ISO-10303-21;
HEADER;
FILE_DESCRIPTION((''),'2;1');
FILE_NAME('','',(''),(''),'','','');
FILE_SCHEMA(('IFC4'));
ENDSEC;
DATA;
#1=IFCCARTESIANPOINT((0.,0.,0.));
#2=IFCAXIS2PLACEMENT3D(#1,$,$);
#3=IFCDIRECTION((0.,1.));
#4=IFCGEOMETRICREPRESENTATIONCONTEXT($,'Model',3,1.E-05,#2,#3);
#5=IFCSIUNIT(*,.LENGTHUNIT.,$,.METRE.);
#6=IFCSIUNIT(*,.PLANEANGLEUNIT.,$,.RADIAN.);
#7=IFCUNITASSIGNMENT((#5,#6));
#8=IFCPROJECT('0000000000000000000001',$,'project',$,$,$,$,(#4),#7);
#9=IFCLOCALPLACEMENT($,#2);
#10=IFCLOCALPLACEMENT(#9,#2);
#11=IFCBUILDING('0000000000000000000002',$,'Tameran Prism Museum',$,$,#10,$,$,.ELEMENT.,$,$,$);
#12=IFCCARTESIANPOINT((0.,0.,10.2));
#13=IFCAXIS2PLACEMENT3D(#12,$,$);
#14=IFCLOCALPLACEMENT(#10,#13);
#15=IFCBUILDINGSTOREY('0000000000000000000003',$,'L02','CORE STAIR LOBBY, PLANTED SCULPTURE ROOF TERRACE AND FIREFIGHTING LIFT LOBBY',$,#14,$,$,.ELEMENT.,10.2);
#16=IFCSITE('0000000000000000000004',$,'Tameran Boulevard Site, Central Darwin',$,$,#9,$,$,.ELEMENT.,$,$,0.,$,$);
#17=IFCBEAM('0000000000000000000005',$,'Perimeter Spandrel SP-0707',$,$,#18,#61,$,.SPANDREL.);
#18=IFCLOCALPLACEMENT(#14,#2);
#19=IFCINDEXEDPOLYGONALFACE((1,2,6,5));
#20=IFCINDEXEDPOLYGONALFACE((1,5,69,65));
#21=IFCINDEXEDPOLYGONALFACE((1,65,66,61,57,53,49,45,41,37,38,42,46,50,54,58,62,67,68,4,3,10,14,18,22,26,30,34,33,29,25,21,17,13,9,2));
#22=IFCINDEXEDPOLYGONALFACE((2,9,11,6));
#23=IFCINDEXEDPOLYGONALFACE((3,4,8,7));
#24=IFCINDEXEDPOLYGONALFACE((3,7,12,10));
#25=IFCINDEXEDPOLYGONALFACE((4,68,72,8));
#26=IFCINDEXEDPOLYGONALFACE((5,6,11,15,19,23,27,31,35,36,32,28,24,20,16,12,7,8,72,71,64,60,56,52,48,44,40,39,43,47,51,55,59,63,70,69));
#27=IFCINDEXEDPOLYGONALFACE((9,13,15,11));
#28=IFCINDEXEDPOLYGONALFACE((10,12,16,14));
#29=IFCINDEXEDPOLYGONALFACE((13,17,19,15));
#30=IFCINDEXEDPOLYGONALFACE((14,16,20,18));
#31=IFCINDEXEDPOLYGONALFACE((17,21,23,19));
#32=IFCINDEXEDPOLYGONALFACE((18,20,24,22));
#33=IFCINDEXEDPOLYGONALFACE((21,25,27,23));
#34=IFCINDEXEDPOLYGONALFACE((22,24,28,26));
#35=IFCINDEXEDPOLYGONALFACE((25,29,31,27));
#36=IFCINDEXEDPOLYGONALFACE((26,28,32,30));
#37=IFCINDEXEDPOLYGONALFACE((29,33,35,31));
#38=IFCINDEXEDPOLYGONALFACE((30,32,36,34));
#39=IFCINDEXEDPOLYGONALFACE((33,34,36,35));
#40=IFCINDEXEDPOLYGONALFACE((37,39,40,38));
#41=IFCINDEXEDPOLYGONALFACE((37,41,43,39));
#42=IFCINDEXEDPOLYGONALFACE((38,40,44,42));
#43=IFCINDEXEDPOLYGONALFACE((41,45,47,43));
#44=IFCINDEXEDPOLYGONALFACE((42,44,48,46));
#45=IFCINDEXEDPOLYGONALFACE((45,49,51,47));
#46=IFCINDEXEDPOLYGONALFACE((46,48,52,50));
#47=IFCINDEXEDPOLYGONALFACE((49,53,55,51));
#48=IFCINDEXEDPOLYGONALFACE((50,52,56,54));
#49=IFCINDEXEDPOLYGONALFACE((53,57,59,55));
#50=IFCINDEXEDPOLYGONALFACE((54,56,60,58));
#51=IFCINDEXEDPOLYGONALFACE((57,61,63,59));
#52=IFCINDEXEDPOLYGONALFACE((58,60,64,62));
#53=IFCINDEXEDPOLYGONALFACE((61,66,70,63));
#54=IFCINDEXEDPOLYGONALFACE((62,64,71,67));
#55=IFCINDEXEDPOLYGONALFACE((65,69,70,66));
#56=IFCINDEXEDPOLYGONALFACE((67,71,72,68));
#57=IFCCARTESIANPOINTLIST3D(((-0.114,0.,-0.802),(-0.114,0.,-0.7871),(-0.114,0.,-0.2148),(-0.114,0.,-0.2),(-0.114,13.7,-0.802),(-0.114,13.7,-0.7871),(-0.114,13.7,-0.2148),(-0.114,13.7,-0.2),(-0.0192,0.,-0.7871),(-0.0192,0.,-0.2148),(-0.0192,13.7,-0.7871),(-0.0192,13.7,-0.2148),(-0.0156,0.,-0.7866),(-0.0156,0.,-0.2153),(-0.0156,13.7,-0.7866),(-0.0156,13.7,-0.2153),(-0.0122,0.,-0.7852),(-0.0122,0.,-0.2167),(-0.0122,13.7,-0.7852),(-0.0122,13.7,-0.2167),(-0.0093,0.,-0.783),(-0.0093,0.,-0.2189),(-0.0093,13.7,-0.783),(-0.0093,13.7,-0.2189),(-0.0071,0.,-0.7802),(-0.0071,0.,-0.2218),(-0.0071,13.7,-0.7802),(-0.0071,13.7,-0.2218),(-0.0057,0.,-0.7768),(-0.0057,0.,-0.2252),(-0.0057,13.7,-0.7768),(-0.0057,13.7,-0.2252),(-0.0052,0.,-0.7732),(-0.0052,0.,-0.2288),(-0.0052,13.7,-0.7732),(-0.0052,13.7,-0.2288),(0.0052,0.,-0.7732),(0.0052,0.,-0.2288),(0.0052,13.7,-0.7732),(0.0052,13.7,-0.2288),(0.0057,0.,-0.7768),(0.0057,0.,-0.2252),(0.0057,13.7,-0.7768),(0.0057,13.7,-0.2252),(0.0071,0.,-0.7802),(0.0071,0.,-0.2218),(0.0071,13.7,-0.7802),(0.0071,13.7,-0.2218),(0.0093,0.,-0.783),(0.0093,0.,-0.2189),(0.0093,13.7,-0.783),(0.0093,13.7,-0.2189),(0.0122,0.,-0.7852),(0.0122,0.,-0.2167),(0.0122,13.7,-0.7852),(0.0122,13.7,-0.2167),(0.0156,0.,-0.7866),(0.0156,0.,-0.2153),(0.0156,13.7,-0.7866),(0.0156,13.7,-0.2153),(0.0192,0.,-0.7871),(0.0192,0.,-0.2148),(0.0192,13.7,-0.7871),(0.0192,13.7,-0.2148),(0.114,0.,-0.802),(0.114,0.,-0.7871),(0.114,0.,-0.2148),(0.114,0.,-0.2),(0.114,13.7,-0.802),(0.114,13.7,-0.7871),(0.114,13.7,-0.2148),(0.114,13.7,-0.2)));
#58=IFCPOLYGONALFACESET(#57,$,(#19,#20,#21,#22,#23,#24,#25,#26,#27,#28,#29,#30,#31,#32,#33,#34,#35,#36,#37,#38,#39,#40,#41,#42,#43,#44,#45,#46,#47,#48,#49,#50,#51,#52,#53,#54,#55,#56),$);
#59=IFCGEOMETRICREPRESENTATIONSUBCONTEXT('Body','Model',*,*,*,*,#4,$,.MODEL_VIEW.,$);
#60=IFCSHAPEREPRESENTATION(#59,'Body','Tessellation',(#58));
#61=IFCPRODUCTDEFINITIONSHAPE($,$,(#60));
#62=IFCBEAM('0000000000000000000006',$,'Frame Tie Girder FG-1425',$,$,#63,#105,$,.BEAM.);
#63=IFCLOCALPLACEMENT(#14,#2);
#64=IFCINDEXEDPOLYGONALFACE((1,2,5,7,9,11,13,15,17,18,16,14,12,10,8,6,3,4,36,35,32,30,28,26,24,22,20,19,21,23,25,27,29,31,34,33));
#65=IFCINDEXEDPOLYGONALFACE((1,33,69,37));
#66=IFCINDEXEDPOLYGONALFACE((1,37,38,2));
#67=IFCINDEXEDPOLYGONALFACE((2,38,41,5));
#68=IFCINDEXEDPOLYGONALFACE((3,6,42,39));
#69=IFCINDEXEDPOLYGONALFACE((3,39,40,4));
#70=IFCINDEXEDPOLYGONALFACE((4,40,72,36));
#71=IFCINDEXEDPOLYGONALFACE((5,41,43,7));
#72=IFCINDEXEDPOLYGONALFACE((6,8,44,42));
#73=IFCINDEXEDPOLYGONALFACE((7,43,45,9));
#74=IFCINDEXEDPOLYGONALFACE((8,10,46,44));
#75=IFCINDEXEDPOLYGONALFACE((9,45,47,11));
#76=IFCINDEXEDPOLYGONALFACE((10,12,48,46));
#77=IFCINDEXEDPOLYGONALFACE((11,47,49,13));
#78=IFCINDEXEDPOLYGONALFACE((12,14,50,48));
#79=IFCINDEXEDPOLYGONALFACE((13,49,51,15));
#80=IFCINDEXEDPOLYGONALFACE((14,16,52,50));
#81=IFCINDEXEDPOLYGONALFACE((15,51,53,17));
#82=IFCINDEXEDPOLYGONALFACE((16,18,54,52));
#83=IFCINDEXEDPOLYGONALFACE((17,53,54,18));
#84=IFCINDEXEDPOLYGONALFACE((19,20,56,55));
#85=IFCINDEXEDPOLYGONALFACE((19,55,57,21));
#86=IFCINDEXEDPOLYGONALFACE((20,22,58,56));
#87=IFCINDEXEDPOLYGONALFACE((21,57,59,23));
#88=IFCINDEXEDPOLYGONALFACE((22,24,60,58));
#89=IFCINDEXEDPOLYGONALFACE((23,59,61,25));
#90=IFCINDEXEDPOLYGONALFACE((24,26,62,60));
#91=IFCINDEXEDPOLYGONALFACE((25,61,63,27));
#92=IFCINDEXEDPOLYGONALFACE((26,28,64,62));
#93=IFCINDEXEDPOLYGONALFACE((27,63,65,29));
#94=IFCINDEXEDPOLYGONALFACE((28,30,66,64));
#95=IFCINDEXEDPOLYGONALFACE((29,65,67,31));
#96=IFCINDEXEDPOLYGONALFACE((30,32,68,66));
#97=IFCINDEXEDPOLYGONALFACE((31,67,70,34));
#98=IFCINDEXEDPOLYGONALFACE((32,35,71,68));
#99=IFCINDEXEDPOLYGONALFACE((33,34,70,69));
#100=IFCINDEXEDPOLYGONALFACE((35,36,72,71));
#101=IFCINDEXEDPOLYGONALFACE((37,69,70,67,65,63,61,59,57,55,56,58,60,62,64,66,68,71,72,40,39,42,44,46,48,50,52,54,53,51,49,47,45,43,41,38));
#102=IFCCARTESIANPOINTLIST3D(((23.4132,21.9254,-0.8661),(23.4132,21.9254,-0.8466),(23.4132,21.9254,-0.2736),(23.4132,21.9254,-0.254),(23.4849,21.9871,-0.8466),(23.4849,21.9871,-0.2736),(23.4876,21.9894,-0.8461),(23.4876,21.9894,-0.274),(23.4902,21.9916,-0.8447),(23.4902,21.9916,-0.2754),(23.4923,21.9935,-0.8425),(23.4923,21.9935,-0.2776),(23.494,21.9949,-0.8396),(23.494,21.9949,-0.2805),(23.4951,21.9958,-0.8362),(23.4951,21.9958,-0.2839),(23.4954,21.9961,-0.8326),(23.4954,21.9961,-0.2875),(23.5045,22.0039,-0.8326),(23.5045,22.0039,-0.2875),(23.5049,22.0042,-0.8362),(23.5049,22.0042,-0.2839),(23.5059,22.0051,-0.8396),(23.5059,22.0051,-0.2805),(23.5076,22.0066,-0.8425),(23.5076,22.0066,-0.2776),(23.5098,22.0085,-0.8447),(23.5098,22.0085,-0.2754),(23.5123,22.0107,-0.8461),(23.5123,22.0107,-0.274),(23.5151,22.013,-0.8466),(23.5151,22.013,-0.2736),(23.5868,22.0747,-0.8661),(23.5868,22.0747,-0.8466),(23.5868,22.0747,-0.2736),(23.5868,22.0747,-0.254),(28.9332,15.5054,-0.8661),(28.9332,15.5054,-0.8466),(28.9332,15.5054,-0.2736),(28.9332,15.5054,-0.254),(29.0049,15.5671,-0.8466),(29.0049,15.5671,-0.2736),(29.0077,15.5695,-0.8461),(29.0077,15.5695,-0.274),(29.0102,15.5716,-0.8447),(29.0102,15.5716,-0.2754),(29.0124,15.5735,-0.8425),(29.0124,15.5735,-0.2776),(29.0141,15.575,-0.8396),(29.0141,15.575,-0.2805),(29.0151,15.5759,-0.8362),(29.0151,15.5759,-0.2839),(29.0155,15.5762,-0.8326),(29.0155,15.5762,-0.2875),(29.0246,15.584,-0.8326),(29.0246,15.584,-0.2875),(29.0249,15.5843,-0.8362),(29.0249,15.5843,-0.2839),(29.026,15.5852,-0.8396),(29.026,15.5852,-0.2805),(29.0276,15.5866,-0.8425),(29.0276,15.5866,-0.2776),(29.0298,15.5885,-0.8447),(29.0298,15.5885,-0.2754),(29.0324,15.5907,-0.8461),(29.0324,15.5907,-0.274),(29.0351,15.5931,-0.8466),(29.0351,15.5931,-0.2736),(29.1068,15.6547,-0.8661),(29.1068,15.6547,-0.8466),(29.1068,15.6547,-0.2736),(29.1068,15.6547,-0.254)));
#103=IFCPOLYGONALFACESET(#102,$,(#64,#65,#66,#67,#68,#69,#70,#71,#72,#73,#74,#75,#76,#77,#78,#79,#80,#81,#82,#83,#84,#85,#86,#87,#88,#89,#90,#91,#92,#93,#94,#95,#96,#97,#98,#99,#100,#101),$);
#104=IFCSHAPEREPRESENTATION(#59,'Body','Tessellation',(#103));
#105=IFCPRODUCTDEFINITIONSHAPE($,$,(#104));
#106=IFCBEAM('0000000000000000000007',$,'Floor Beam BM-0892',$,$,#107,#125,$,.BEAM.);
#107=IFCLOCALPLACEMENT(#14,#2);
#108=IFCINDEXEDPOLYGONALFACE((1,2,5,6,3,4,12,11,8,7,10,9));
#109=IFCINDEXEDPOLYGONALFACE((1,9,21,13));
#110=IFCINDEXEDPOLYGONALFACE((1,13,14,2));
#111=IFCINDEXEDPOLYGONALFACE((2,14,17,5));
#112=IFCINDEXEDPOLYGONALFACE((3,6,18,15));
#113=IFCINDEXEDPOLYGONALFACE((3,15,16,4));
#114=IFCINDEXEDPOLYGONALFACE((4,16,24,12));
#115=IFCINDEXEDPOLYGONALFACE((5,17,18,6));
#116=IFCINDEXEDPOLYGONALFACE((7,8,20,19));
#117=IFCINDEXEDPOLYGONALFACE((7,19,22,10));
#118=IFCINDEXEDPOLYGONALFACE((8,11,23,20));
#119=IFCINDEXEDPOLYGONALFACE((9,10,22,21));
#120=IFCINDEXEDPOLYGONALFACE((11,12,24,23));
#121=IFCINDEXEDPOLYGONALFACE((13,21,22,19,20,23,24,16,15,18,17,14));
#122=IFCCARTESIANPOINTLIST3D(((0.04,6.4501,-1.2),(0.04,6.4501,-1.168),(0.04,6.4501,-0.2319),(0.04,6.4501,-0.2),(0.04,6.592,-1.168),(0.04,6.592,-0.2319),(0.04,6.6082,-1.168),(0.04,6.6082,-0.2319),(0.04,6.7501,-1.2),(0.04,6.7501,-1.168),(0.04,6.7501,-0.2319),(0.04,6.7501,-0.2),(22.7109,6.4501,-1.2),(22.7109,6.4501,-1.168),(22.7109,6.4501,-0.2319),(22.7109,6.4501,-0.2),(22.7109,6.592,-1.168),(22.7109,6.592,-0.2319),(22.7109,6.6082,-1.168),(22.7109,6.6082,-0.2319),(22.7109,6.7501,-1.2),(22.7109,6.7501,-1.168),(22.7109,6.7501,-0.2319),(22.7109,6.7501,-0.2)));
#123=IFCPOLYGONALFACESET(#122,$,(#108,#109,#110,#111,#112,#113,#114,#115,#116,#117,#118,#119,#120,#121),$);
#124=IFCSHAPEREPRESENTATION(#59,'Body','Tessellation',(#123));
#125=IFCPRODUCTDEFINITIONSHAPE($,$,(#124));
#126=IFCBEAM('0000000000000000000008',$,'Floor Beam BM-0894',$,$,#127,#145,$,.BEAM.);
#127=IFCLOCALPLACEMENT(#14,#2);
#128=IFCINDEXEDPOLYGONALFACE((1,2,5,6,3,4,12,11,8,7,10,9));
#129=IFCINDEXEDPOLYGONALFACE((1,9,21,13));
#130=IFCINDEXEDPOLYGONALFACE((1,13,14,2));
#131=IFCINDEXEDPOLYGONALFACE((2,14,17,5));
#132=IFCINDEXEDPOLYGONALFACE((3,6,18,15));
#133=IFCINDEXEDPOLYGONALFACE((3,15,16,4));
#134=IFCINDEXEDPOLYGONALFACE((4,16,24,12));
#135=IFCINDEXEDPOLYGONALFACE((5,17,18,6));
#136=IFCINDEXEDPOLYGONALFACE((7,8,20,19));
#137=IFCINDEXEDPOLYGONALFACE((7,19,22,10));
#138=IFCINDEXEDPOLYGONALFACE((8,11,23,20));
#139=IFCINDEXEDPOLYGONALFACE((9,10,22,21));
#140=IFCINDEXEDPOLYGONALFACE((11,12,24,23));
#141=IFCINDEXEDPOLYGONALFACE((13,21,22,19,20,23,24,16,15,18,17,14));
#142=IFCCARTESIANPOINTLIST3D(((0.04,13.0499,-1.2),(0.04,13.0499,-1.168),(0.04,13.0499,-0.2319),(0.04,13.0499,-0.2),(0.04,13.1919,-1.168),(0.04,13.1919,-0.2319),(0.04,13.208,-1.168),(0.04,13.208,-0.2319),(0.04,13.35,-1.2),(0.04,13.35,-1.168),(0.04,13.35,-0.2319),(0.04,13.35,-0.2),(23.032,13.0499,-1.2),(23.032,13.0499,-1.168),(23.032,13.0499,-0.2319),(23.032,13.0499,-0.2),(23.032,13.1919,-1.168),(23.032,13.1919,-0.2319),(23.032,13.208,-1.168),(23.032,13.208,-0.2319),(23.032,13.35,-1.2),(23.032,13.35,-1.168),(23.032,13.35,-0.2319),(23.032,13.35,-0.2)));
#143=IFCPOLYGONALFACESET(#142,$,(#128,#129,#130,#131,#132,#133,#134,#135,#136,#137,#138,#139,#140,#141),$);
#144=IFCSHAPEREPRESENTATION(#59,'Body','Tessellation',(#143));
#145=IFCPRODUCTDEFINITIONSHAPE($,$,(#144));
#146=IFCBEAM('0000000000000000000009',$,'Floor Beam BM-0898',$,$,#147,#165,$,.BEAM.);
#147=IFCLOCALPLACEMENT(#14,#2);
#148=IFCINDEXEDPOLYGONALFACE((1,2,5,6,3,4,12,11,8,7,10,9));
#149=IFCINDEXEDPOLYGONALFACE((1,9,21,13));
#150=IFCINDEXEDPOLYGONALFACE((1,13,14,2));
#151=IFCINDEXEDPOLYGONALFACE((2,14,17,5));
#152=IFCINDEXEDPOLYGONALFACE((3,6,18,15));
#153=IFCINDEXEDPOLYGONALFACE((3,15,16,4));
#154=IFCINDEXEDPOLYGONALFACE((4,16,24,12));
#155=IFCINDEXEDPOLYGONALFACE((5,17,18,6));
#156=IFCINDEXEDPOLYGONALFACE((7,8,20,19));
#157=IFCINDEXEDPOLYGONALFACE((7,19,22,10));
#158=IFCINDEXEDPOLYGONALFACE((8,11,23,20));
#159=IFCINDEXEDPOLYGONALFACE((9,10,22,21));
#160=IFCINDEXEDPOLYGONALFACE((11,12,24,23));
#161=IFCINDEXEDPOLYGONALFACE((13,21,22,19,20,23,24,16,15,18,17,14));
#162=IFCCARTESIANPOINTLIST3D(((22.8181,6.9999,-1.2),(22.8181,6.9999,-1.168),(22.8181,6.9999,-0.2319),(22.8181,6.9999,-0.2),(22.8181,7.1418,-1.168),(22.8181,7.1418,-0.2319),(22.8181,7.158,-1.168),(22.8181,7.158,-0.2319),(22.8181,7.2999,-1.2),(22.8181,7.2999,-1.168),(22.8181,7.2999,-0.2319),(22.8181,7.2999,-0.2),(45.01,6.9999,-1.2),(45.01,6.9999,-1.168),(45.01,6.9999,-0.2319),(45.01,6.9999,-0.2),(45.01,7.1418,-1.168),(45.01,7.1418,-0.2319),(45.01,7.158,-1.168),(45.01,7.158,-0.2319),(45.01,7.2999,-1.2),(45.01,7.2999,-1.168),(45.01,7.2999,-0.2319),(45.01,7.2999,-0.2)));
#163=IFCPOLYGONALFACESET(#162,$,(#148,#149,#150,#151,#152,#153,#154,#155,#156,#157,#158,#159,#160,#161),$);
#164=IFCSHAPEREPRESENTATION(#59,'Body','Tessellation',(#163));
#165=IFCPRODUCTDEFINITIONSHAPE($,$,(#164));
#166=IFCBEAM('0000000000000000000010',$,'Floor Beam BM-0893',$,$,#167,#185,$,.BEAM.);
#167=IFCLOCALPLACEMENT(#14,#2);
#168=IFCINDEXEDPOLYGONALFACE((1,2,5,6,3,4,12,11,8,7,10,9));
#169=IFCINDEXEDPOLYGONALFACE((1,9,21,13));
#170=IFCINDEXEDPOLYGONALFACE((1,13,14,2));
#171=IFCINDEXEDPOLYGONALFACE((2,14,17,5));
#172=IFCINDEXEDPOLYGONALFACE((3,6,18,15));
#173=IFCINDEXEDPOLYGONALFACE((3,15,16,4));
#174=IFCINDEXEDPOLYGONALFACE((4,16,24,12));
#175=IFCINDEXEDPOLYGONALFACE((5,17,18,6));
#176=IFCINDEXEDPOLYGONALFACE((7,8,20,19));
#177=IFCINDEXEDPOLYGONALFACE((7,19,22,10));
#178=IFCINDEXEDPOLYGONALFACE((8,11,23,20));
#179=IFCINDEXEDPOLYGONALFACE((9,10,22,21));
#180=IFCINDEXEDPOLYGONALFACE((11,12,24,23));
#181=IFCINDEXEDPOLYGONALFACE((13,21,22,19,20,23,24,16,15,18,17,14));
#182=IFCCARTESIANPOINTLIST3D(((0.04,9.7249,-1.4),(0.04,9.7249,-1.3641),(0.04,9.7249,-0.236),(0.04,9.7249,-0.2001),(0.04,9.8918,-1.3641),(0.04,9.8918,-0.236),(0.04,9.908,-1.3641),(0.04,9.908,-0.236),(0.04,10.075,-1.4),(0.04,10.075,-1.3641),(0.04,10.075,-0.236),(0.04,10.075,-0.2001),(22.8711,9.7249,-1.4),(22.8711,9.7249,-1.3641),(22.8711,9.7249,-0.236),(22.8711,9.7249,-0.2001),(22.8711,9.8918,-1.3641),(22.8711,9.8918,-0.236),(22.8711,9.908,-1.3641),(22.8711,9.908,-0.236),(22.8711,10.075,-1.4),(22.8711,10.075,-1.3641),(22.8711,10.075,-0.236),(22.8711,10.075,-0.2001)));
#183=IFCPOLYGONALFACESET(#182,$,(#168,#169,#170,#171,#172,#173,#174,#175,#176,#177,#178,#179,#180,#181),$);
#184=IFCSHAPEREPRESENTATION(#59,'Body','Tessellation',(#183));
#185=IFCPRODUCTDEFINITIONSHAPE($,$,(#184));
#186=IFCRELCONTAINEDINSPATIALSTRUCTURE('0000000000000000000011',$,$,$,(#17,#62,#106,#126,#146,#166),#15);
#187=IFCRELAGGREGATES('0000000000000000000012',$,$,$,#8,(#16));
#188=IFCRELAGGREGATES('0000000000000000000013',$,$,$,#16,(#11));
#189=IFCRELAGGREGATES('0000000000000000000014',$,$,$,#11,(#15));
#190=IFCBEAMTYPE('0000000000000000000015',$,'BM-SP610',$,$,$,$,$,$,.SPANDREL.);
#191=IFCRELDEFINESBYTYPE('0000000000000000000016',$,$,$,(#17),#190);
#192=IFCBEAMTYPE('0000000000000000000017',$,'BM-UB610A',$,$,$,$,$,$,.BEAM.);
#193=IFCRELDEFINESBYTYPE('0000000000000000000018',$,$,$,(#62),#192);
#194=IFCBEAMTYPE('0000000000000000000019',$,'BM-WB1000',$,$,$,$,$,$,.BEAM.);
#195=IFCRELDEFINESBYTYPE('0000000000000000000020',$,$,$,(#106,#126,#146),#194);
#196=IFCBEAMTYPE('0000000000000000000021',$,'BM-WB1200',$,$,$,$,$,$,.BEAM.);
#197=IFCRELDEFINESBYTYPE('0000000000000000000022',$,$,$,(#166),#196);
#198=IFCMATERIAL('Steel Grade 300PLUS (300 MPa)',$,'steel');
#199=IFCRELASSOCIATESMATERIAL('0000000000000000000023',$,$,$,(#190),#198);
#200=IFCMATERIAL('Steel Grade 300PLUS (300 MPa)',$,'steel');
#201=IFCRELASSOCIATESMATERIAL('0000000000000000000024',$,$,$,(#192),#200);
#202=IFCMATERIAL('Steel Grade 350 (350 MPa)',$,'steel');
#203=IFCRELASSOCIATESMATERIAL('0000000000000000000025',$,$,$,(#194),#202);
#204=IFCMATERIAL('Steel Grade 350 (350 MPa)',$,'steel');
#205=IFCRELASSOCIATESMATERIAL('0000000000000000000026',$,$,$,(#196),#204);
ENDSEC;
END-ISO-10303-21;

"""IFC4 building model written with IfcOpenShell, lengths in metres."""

from ifc_helpers import new_model, si_unit, direction, frame, origin, origin_2d, place, context, subcontext, project, spatial, i_section, extrude, material, material_profile, profile_set, type_object, element, save


model = new_model("IFC4")

# Units and contexts
model_context = context("Model", 3, precision=1e-05, world=origin(), true_north=direction((0.0, 1.0)))
body_context = subcontext(model_context, "Body", "Model", "MODEL_VIEW")
ifc_project = project(units=[si_unit("LENGTHUNIT", "METRE"), si_unit("PLANEANGLEUNIT", "RADIAN")], contexts=[model_context])

# Site, building, storey
site_placement = place(None, origin())
site = spatial("IfcSite", under=ifc_project, at=site_placement, Name="Tameran Boulevard Site, Central Darwin", CompositionType="ELEMENT", RefElevation=0.0)
building_placement = place(site_placement, origin())
building = spatial("IfcBuilding", under=site, at=building_placement, Name="Tameran Prism Museum", CompositionType="ELEMENT")
storey_placement = place(building_placement, frame((0.0, 0.0, 10.2)))
storey = spatial("IfcBuildingStorey", under=building, at=storey_placement, Name="L02", Description="CORE STAIR LOBBY, PLANTED SCULPTURE ROOF TERRACE AND FIREFIGHTING LIFT LOBBY", CompositionType="ELEMENT", Elevation=10.2)

# Beams
ifc_material_1 = material(Name="Steel Grade 300PLUS (300 MPa)", Category="steel")
ifc_material_profile_1 = material_profile(ifc_material_1, i_section(OverallWidth=0.228, OverallDepth=0.6021, WebThickness=0.0105, FlangeThickness=0.0149, FilletRadius=0.0139, at=origin_2d()))
ifc_profile_set_1 = profile_set([ifc_material_profile_1])
beam_type_1 = type_object("IfcBeamType", Name="BM-SP610", PredefinedType="SPANDREL", material=ifc_profile_set_1)
beam_1_placement = place(storey_placement, frame((0.0, 13.7, -0.501), z_axis=(0.0, -1.0, 0.0), x_axis=(1.0, 0.0, 0.0)))
element("IfcBeam", 1, at=beam_1_placement, inside=storey, type_object=beam_type_1, Name="Perimeter Spandrel SP-0707", PredefinedType="SPANDREL", context=body_context, shape_type="SweptSolid", body=[
    extrude(i_section(OverallWidth=0.228, OverallDepth=0.6021, WebThickness=0.0105, FlangeThickness=0.0149, FilletRadius=0.0139, at=origin_2d()), origin(), (0.0, 0.0, 1.0), 13.7),
])
ifc_material_2 = material(Name="Steel Grade 300PLUS (300 MPa)", Category="steel")
ifc_material_profile_2 = material_profile(ifc_material_2, i_section(OverallWidth=0.229, OverallDepth=0.6121, WebThickness=0.012, FlangeThickness=0.0195, FilletRadius=0.0139, at=origin_2d()))
ifc_profile_set_2 = profile_set([ifc_material_profile_2])
beam_type_2 = type_object("IfcBeamType", Name="BM-UB610A", PredefinedType="BEAM", material=ifc_profile_set_2)
beam_2_placement = place(storey_placement, frame((29.02, 15.5801, -0.5601), z_axis=(-0.651964, 0.75825, 0.0), x_axis=(-0.75825, -0.651964, 0.0)))
element("IfcBeam", 2, at=beam_2_placement, inside=storey, type_object=beam_type_2, Name="Frame Tie Girder FG-1425", PredefinedType="BEAM", context=body_context, shape_type="SweptSolid", body=[
    extrude(i_section(OverallWidth=0.229, OverallDepth=0.6121, WebThickness=0.012, FlangeThickness=0.0195, FilletRadius=0.0139, at=origin_2d()), origin(), (0.0, 0.0, 1.0), 8.4668),
])
ifc_material_3 = material(Name="Steel Grade 350 (350 MPa)", Category="steel")
ifc_material_profile_3 = material_profile(ifc_material_3, i_section(OverallWidth=0.3, OverallDepth=1.0, WebThickness=0.0161, FlangeThickness=0.032, at=origin_2d()))
ifc_profile_set_3 = profile_set([ifc_material_profile_3])
beam_type_3 = type_object("IfcBeamType", Name="BM-WB1000", PredefinedType="BEAM", material=ifc_profile_set_3)
beam_3_placement = place(storey_placement, frame((0.04, 6.6001, -0.7), z_axis=(1.0, 0.0, 0.0), x_axis=(0.0, 1.0, 0.0)))
element("IfcBeam", 3, at=beam_3_placement, inside=storey, type_object=beam_type_3, Name="Floor Beam BM-0892", PredefinedType="BEAM", context=body_context, shape_type="SweptSolid", body=[
    extrude(i_section(OverallWidth=0.3, OverallDepth=1.0, WebThickness=0.0161, FlangeThickness=0.032, at=origin_2d()), origin(), (0.0, 0.0, 1.0), 22.6709),
])
beam_4_placement = place(storey_placement, frame((0.04, 13.2, -0.7), z_axis=(1.0, 0.0, 0.0), x_axis=(0.0, 1.0, 0.0)))
element("IfcBeam", 4, at=beam_4_placement, inside=storey, type_object=beam_type_3, Name="Floor Beam BM-0894", PredefinedType="BEAM", context=body_context, shape_type="SweptSolid", body=[
    extrude(i_section(OverallWidth=0.3, OverallDepth=1.0, WebThickness=0.0161, FlangeThickness=0.032, at=origin_2d()), origin(), (0.0, 0.0, 1.0), 22.9919),
])
beam_5_placement = place(storey_placement, frame((22.8181, 7.1499, -0.7), z_axis=(1.0, 0.0, 0.0), x_axis=(0.0, 1.0, 0.0)))
element("IfcBeam", 5, at=beam_5_placement, inside=storey, type_object=beam_type_3, Name="Floor Beam BM-0898", PredefinedType="BEAM", context=body_context, shape_type="SweptSolid", body=[
    extrude(i_section(OverallWidth=0.3, OverallDepth=1.0, WebThickness=0.0161, FlangeThickness=0.032, at=origin_2d()), origin(), (0.0, 0.0, 1.0), 22.1919),
])
ifc_material_4 = material(Name="Steel Grade 350 (350 MPa)", Category="steel")
ifc_material_profile_4 = material_profile(ifc_material_4, i_section(OverallWidth=0.3501, OverallDepth=1.2, WebThickness=0.0161, FlangeThickness=0.0359, at=origin_2d()))
ifc_profile_set_4 = profile_set([ifc_material_profile_4])
beam_type_4 = type_object("IfcBeamType", Name="BM-WB1200", PredefinedType="BEAM", material=ifc_profile_set_4)
beam_6_placement = place(storey_placement, frame((0.04, 9.8999, -0.8), z_axis=(1.0, 0.0, 0.0), x_axis=(0.0, 1.0, 0.0)))
element("IfcBeam", 6, at=beam_6_placement, inside=storey, type_object=beam_type_4, Name="Floor Beam BM-0893", PredefinedType="BEAM", context=body_context, shape_type="SweptSolid", body=[
    extrude(i_section(OverallWidth=0.3501, OverallDepth=1.2, WebThickness=0.0161, FlangeThickness=0.0359, at=origin_2d()), origin(), (0.0, 0.0, 1.0), 22.8311),
])

save(model, "model.ifc")
